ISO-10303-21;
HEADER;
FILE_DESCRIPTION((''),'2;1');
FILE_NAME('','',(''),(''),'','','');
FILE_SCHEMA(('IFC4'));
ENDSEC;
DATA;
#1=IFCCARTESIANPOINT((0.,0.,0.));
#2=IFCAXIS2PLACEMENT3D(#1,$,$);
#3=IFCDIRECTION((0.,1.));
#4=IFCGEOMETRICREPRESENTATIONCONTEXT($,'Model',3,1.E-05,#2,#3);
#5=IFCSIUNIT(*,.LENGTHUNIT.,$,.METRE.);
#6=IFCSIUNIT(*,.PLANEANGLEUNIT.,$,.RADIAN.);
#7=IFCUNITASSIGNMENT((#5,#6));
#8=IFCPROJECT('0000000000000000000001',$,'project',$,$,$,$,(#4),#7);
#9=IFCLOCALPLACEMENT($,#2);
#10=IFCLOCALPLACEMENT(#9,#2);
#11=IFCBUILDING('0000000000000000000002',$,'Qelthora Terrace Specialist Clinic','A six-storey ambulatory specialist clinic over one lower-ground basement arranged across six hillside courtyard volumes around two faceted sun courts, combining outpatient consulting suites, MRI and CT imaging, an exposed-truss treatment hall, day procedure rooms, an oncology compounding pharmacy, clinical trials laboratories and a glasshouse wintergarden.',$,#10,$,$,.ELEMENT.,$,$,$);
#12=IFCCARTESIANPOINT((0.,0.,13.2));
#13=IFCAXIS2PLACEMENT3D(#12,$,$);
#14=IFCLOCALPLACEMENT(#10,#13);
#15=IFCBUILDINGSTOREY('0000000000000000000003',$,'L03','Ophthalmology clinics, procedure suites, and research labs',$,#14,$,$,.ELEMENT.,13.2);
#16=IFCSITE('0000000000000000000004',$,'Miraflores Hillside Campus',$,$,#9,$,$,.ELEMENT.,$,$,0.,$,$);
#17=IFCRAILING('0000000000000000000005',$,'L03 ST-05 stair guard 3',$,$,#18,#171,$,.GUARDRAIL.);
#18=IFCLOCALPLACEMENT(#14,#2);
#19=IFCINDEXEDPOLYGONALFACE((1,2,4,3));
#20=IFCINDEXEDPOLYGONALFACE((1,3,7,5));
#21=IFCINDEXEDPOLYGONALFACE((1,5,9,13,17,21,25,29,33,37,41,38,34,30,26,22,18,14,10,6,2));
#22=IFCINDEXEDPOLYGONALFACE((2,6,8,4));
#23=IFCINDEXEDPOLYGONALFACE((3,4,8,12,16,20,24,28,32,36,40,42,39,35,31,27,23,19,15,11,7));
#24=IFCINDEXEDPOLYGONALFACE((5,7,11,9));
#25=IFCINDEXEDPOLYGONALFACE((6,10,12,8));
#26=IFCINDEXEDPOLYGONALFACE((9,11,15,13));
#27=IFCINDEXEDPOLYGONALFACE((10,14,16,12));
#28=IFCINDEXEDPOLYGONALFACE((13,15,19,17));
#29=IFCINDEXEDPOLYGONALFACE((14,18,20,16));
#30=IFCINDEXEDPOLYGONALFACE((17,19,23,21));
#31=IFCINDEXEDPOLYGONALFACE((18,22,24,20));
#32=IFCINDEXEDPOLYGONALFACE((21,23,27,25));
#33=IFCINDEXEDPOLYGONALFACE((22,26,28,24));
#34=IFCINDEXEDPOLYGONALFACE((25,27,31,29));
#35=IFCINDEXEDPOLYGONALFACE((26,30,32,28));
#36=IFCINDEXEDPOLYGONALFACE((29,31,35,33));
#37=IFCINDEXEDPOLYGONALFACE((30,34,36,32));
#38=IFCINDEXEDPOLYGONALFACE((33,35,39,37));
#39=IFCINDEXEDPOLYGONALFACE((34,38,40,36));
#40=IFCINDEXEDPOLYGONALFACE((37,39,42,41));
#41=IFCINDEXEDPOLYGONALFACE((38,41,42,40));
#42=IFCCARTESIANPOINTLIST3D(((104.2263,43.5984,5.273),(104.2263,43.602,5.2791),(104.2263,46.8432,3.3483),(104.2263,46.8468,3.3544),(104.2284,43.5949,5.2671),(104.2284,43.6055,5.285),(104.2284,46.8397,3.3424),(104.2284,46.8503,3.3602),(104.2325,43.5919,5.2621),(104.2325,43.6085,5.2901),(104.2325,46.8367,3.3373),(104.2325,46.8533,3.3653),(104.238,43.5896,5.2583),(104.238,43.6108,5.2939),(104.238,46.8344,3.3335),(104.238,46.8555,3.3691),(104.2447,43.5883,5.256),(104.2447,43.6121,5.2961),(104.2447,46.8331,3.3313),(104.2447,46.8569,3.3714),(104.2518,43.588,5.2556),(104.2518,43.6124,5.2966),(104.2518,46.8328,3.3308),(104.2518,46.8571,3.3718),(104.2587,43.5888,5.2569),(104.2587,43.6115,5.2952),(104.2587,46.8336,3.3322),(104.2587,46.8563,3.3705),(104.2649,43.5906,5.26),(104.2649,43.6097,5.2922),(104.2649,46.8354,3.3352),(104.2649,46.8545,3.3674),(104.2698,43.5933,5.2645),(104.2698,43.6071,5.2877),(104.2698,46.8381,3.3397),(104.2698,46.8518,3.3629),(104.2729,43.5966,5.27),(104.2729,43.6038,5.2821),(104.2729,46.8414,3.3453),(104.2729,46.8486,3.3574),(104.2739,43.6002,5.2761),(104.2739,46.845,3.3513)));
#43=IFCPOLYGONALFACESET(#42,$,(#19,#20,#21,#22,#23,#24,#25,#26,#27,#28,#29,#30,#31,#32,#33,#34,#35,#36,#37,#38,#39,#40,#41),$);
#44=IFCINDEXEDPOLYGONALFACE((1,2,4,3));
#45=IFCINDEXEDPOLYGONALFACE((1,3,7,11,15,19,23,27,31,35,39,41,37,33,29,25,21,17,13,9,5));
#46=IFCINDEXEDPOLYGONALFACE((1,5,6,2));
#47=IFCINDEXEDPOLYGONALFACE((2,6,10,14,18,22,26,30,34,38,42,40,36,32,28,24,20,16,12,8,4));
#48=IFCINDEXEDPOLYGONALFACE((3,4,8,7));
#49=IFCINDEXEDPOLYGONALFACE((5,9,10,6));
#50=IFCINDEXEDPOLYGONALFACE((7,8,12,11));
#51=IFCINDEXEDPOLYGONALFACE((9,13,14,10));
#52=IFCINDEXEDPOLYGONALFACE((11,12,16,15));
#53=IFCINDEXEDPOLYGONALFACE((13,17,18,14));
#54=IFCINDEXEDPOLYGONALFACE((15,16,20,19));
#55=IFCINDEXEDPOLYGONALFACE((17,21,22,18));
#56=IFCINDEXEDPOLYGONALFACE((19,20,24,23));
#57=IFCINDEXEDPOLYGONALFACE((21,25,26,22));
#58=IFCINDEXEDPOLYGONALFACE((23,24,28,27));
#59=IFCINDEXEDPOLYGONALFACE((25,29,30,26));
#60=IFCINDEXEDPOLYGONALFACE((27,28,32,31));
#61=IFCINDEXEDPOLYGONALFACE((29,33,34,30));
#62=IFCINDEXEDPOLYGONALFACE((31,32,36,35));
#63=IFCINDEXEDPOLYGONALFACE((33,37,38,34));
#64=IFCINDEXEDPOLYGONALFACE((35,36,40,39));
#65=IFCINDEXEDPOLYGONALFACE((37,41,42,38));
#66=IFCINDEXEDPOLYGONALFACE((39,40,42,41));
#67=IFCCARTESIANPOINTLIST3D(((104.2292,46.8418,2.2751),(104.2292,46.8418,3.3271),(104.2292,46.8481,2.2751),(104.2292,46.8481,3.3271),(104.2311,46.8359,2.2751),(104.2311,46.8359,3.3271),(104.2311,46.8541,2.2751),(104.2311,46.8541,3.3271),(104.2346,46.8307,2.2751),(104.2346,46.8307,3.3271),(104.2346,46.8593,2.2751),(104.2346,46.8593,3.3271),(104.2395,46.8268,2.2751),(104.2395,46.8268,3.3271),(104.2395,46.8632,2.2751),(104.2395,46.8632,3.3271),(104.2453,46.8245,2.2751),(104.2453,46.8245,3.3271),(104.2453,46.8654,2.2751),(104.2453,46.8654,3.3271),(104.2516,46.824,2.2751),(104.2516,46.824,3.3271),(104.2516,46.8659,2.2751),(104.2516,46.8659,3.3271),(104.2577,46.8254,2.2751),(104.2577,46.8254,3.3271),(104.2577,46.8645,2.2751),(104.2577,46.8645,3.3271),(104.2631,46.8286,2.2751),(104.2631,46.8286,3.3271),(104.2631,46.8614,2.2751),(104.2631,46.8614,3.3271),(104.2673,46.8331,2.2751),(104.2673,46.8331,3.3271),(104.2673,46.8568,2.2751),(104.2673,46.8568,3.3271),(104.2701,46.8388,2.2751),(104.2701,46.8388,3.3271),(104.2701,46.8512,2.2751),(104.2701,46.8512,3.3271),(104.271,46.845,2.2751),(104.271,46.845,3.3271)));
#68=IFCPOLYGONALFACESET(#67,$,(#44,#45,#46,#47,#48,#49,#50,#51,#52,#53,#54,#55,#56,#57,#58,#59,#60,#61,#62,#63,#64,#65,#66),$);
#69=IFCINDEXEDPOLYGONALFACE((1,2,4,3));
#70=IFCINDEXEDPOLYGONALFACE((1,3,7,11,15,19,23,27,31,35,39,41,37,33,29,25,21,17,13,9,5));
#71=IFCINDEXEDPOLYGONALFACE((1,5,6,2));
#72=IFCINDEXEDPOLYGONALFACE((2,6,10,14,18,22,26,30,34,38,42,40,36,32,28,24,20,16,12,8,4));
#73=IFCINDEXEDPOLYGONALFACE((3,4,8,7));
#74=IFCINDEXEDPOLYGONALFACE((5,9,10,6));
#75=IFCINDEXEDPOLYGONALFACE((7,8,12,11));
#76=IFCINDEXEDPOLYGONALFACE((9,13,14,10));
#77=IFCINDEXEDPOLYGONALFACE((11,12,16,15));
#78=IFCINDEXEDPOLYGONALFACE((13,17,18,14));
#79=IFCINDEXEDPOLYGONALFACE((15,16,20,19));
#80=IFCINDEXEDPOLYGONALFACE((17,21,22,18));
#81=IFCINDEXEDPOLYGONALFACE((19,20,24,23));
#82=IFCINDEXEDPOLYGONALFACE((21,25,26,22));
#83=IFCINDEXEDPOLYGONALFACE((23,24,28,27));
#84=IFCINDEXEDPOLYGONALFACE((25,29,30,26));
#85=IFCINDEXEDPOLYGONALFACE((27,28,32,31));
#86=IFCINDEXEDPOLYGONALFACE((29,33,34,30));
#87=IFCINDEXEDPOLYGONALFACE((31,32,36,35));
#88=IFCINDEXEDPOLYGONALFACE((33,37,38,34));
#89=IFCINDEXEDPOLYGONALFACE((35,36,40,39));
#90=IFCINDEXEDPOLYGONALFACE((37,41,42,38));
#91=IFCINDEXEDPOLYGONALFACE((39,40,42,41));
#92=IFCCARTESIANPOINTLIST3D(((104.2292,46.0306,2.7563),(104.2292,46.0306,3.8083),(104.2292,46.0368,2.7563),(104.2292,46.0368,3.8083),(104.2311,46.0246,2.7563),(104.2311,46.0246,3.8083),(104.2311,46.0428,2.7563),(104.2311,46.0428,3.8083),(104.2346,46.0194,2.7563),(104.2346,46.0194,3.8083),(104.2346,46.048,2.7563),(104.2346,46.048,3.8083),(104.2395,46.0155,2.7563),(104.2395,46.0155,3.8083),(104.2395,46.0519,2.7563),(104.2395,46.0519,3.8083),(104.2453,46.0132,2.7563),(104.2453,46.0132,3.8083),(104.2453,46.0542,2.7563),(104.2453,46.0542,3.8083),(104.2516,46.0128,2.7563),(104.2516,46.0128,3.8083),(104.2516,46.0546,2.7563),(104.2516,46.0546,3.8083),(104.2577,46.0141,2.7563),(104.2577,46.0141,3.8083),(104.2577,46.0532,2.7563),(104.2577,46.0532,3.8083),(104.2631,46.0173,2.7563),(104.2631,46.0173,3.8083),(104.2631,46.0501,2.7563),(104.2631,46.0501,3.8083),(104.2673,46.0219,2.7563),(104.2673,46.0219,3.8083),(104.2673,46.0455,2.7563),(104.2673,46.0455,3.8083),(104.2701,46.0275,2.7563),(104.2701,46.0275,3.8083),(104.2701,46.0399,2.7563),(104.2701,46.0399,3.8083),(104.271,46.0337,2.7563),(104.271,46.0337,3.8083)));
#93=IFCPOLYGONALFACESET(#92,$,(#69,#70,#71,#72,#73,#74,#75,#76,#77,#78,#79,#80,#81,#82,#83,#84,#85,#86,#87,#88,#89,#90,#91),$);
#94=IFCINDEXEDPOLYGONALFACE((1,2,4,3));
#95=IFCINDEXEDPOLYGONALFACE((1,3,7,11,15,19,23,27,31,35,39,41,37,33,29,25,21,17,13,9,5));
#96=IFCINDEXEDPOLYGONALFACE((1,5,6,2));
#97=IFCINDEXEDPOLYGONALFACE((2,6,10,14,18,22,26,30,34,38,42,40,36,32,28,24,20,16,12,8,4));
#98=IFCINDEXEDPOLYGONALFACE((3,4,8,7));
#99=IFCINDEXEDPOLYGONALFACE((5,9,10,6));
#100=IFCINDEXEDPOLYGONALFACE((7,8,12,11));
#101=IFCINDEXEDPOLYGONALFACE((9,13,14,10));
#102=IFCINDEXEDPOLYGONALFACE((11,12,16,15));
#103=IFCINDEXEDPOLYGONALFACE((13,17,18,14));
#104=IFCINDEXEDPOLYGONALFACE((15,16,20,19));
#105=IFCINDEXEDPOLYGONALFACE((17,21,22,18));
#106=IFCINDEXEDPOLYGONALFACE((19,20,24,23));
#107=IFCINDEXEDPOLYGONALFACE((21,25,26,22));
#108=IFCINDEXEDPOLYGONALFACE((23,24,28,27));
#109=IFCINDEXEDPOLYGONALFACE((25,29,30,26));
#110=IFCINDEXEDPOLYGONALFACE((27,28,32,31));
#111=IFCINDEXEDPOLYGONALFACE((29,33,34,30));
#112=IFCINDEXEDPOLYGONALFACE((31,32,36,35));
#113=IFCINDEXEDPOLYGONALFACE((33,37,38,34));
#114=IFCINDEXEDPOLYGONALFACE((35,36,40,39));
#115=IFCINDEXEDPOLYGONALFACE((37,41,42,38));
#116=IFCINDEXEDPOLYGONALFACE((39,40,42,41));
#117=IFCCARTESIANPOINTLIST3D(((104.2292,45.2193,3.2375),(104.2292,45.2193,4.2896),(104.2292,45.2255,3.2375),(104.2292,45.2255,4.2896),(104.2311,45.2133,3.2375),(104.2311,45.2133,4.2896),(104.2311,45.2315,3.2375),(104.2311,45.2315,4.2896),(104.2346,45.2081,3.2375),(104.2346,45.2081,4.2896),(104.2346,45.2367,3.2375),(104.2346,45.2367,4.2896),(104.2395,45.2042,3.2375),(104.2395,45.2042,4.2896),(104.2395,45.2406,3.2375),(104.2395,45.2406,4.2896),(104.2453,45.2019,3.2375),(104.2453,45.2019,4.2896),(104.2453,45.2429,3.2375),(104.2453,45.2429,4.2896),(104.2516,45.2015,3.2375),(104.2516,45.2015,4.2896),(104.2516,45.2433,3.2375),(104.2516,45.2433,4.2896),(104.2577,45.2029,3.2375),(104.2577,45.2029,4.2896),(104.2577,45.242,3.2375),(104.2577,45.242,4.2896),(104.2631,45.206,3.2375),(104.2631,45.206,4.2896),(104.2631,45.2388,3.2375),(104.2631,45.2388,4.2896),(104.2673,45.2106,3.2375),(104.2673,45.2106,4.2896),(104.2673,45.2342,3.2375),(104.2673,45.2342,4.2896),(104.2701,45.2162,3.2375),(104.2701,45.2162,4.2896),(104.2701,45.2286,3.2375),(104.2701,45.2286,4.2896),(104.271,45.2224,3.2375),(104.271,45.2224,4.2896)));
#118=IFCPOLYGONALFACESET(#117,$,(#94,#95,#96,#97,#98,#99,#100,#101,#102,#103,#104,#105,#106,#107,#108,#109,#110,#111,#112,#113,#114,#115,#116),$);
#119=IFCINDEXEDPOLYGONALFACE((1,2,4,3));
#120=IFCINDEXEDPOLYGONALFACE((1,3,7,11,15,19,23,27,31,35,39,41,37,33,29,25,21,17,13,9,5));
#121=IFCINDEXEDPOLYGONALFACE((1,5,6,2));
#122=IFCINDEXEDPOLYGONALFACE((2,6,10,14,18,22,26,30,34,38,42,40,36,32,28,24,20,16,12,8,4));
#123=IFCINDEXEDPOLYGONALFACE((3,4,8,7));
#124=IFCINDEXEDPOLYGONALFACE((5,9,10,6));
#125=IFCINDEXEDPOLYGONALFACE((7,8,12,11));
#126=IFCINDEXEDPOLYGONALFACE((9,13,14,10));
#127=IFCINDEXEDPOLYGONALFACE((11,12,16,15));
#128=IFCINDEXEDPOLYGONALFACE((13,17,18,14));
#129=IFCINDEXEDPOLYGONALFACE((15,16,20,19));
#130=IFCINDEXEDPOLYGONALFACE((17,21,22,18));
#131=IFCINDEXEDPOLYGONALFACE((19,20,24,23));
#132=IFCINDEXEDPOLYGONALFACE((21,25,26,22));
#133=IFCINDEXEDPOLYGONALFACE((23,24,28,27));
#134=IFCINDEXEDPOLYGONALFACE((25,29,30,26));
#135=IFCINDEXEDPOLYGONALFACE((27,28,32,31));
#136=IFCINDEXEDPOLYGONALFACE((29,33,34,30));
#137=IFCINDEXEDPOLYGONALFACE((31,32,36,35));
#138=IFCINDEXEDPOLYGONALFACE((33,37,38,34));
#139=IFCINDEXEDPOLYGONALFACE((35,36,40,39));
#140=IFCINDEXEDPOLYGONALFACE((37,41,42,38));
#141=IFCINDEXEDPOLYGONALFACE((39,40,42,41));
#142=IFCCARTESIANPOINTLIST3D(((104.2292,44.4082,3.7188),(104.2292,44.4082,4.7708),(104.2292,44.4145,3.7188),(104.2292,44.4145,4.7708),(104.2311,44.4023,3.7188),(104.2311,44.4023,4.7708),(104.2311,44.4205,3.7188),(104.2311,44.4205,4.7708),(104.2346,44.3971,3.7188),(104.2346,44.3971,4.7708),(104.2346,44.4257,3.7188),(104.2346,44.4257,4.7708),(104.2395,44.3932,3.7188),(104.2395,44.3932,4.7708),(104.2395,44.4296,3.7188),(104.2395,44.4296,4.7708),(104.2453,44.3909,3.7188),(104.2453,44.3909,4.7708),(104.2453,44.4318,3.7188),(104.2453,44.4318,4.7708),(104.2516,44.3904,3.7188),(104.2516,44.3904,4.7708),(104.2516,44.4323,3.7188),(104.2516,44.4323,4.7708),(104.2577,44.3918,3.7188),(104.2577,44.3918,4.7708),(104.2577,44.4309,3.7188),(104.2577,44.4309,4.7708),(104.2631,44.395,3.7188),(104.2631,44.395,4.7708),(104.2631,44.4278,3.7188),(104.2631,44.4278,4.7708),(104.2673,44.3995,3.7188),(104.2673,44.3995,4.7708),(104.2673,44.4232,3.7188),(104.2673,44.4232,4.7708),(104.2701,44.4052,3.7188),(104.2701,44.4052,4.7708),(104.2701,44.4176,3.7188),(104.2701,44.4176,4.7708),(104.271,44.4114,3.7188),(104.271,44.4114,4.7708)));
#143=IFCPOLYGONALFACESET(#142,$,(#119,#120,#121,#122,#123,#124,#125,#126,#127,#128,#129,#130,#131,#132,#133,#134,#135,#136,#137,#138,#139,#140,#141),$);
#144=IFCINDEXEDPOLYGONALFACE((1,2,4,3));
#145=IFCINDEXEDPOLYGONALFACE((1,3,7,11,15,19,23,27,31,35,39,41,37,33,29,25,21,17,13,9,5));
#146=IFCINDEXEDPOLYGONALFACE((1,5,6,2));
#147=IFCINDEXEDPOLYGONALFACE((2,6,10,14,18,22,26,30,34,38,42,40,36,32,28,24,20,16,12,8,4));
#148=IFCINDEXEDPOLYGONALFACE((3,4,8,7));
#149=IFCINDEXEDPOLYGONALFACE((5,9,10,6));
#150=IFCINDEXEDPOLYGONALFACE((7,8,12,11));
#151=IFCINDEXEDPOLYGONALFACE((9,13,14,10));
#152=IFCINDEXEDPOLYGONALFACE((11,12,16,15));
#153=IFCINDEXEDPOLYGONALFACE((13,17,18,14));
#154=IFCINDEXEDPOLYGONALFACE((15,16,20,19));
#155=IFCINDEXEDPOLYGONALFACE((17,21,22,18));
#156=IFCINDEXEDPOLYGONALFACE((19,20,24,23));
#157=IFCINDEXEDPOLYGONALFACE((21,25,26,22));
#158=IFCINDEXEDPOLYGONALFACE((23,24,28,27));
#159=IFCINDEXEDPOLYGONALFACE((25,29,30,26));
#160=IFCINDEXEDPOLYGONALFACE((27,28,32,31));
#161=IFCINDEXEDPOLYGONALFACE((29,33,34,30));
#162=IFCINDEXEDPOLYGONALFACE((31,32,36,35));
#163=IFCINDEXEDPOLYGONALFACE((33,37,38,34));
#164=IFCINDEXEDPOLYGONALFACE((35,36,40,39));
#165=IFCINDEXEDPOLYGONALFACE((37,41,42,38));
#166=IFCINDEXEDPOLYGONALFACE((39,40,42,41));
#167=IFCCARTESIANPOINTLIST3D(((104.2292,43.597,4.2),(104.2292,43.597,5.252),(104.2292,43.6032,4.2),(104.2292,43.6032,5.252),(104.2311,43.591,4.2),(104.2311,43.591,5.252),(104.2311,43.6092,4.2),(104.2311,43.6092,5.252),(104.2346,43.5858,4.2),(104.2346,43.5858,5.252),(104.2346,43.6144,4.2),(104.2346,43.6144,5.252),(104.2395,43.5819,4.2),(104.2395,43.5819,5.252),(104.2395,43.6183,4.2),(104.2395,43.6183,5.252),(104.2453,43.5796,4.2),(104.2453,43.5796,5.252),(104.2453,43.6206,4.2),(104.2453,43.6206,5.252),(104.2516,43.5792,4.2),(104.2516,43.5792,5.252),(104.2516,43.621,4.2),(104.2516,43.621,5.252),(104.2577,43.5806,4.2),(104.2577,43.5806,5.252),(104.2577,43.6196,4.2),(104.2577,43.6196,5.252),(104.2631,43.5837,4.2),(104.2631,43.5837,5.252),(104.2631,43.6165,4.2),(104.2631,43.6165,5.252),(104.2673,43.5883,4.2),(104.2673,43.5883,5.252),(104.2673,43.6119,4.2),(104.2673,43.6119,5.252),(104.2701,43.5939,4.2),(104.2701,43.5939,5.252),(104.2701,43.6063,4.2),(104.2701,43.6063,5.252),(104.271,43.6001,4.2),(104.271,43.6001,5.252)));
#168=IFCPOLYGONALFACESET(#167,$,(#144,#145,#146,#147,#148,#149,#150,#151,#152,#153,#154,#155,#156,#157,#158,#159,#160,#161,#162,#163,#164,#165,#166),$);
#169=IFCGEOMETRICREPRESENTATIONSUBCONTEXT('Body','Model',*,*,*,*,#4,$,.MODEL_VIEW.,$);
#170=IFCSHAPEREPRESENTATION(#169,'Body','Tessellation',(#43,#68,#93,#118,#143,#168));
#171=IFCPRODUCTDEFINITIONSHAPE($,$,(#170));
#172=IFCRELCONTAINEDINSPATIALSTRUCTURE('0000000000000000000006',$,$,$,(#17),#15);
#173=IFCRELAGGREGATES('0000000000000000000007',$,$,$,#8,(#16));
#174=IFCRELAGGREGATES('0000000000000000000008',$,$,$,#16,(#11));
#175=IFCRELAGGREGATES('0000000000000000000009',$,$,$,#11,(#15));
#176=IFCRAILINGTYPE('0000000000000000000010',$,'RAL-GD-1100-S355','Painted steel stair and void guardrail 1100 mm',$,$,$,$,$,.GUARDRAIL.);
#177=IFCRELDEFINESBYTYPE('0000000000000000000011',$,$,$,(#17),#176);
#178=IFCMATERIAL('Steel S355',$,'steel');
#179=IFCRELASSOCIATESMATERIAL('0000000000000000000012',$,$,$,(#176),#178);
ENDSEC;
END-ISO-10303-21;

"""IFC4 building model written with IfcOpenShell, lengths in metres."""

from ifc_helpers import new_model, si_unit, direction, frame, origin, origin_2d, place, context, subcontext, project, spatial, circle, extrude, material, type_object, element, save


model = new_model("IFC4")

# Units and contexts
model_context = context("Model", 3, precision=1e-05, world=origin(), true_north=direction((0.0, 1.0)))
body_context = subcontext(model_context, "Body", "Model", "MODEL_VIEW")
ifc_project = project(units=[si_unit("LENGTHUNIT", "METRE"), si_unit("PLANEANGLEUNIT", "RADIAN")], contexts=[model_context])

# Site, building, storey
site_placement = place(None, origin())
site = spatial("IfcSite", under=ifc_project, at=site_placement, Name="Miraflores Hillside Campus", CompositionType="ELEMENT", RefElevation=0.0)
building_placement = place(site_placement, origin())
building = spatial("IfcBuilding", under=site, at=building_placement, Name="Qelthora Terrace Specialist Clinic", Description="A six-storey ambulatory specialist clinic over one lower-ground basement arranged across six hillside courtyard volumes around two faceted sun courts, combining outpatient consulting suites, MRI and CT imaging, an exposed-truss treatment hall, day procedure rooms, an oncology compounding pharmacy, clinical trials laboratories and a glasshouse wintergarden.", CompositionType="ELEMENT")
storey_placement = place(building_placement, frame((0.0, 0.0, 13.2)))
storey = spatial("IfcBuildingStorey", under=building, at=storey_placement, Name="L03", Description="Ophthalmology clinics, procedure suites, and research labs", CompositionType="ELEMENT", Elevation=13.2)

# Shared definitions
ifc_material_1 = material(Name="Steel S355", Category="steel")

# Railing
railing_type_1 = type_object("IfcRailingType", Name="RAL-GD-1100-S355", Description="Painted steel stair and void guardrail 1100 mm", PredefinedType="GUARDRAIL", material=ifc_material_1)
railing_1_placement = place(storey_placement, frame((104.25, 46.845, 2.2751)))
element("IfcRailing", 1, at=railing_1_placement, inside=storey, type_object=railing_type_1, Name="L03 ST-05 stair guard 3", PredefinedType="GUARDRAIL", context=body_context, shape_type="SweptSolid", body=[
    extrude(circle(Radius=0.0239, at=origin_2d()), frame((0.0, 0.0, 1.0762), z_axis=(0.0, -0.860069, 0.510178), x_axis=(1.0, 0.0, 0.0)), (0.0, 0.0, 1.0), 3.7727),
    extrude(circle(Radius=0.021, at=origin_2d()), origin(), (0.0, 0.0, 1.0), 1.052),
    extrude(circle(Radius=0.021, at=origin_2d()), frame((0.0, -0.8113, 0.4812)), (0.0, 0.0, 1.0), 1.052),
    extrude(circle(Radius=0.021, at=origin_2d()), frame((0.0, -1.6226, 0.9624)), (0.0, 0.0, 1.0), 1.052),
    extrude(circle(Radius=0.021, at=origin_2d()), frame((0.0, -2.4336, 1.4436)), (0.0, 0.0, 1.0), 1.052),
    extrude(circle(Radius=0.021, at=origin_2d()), frame((0.0, -3.2449, 1.9248)), (0.0, 0.0, 1.0), 1.052),
])

save(model, "model.ifc")
